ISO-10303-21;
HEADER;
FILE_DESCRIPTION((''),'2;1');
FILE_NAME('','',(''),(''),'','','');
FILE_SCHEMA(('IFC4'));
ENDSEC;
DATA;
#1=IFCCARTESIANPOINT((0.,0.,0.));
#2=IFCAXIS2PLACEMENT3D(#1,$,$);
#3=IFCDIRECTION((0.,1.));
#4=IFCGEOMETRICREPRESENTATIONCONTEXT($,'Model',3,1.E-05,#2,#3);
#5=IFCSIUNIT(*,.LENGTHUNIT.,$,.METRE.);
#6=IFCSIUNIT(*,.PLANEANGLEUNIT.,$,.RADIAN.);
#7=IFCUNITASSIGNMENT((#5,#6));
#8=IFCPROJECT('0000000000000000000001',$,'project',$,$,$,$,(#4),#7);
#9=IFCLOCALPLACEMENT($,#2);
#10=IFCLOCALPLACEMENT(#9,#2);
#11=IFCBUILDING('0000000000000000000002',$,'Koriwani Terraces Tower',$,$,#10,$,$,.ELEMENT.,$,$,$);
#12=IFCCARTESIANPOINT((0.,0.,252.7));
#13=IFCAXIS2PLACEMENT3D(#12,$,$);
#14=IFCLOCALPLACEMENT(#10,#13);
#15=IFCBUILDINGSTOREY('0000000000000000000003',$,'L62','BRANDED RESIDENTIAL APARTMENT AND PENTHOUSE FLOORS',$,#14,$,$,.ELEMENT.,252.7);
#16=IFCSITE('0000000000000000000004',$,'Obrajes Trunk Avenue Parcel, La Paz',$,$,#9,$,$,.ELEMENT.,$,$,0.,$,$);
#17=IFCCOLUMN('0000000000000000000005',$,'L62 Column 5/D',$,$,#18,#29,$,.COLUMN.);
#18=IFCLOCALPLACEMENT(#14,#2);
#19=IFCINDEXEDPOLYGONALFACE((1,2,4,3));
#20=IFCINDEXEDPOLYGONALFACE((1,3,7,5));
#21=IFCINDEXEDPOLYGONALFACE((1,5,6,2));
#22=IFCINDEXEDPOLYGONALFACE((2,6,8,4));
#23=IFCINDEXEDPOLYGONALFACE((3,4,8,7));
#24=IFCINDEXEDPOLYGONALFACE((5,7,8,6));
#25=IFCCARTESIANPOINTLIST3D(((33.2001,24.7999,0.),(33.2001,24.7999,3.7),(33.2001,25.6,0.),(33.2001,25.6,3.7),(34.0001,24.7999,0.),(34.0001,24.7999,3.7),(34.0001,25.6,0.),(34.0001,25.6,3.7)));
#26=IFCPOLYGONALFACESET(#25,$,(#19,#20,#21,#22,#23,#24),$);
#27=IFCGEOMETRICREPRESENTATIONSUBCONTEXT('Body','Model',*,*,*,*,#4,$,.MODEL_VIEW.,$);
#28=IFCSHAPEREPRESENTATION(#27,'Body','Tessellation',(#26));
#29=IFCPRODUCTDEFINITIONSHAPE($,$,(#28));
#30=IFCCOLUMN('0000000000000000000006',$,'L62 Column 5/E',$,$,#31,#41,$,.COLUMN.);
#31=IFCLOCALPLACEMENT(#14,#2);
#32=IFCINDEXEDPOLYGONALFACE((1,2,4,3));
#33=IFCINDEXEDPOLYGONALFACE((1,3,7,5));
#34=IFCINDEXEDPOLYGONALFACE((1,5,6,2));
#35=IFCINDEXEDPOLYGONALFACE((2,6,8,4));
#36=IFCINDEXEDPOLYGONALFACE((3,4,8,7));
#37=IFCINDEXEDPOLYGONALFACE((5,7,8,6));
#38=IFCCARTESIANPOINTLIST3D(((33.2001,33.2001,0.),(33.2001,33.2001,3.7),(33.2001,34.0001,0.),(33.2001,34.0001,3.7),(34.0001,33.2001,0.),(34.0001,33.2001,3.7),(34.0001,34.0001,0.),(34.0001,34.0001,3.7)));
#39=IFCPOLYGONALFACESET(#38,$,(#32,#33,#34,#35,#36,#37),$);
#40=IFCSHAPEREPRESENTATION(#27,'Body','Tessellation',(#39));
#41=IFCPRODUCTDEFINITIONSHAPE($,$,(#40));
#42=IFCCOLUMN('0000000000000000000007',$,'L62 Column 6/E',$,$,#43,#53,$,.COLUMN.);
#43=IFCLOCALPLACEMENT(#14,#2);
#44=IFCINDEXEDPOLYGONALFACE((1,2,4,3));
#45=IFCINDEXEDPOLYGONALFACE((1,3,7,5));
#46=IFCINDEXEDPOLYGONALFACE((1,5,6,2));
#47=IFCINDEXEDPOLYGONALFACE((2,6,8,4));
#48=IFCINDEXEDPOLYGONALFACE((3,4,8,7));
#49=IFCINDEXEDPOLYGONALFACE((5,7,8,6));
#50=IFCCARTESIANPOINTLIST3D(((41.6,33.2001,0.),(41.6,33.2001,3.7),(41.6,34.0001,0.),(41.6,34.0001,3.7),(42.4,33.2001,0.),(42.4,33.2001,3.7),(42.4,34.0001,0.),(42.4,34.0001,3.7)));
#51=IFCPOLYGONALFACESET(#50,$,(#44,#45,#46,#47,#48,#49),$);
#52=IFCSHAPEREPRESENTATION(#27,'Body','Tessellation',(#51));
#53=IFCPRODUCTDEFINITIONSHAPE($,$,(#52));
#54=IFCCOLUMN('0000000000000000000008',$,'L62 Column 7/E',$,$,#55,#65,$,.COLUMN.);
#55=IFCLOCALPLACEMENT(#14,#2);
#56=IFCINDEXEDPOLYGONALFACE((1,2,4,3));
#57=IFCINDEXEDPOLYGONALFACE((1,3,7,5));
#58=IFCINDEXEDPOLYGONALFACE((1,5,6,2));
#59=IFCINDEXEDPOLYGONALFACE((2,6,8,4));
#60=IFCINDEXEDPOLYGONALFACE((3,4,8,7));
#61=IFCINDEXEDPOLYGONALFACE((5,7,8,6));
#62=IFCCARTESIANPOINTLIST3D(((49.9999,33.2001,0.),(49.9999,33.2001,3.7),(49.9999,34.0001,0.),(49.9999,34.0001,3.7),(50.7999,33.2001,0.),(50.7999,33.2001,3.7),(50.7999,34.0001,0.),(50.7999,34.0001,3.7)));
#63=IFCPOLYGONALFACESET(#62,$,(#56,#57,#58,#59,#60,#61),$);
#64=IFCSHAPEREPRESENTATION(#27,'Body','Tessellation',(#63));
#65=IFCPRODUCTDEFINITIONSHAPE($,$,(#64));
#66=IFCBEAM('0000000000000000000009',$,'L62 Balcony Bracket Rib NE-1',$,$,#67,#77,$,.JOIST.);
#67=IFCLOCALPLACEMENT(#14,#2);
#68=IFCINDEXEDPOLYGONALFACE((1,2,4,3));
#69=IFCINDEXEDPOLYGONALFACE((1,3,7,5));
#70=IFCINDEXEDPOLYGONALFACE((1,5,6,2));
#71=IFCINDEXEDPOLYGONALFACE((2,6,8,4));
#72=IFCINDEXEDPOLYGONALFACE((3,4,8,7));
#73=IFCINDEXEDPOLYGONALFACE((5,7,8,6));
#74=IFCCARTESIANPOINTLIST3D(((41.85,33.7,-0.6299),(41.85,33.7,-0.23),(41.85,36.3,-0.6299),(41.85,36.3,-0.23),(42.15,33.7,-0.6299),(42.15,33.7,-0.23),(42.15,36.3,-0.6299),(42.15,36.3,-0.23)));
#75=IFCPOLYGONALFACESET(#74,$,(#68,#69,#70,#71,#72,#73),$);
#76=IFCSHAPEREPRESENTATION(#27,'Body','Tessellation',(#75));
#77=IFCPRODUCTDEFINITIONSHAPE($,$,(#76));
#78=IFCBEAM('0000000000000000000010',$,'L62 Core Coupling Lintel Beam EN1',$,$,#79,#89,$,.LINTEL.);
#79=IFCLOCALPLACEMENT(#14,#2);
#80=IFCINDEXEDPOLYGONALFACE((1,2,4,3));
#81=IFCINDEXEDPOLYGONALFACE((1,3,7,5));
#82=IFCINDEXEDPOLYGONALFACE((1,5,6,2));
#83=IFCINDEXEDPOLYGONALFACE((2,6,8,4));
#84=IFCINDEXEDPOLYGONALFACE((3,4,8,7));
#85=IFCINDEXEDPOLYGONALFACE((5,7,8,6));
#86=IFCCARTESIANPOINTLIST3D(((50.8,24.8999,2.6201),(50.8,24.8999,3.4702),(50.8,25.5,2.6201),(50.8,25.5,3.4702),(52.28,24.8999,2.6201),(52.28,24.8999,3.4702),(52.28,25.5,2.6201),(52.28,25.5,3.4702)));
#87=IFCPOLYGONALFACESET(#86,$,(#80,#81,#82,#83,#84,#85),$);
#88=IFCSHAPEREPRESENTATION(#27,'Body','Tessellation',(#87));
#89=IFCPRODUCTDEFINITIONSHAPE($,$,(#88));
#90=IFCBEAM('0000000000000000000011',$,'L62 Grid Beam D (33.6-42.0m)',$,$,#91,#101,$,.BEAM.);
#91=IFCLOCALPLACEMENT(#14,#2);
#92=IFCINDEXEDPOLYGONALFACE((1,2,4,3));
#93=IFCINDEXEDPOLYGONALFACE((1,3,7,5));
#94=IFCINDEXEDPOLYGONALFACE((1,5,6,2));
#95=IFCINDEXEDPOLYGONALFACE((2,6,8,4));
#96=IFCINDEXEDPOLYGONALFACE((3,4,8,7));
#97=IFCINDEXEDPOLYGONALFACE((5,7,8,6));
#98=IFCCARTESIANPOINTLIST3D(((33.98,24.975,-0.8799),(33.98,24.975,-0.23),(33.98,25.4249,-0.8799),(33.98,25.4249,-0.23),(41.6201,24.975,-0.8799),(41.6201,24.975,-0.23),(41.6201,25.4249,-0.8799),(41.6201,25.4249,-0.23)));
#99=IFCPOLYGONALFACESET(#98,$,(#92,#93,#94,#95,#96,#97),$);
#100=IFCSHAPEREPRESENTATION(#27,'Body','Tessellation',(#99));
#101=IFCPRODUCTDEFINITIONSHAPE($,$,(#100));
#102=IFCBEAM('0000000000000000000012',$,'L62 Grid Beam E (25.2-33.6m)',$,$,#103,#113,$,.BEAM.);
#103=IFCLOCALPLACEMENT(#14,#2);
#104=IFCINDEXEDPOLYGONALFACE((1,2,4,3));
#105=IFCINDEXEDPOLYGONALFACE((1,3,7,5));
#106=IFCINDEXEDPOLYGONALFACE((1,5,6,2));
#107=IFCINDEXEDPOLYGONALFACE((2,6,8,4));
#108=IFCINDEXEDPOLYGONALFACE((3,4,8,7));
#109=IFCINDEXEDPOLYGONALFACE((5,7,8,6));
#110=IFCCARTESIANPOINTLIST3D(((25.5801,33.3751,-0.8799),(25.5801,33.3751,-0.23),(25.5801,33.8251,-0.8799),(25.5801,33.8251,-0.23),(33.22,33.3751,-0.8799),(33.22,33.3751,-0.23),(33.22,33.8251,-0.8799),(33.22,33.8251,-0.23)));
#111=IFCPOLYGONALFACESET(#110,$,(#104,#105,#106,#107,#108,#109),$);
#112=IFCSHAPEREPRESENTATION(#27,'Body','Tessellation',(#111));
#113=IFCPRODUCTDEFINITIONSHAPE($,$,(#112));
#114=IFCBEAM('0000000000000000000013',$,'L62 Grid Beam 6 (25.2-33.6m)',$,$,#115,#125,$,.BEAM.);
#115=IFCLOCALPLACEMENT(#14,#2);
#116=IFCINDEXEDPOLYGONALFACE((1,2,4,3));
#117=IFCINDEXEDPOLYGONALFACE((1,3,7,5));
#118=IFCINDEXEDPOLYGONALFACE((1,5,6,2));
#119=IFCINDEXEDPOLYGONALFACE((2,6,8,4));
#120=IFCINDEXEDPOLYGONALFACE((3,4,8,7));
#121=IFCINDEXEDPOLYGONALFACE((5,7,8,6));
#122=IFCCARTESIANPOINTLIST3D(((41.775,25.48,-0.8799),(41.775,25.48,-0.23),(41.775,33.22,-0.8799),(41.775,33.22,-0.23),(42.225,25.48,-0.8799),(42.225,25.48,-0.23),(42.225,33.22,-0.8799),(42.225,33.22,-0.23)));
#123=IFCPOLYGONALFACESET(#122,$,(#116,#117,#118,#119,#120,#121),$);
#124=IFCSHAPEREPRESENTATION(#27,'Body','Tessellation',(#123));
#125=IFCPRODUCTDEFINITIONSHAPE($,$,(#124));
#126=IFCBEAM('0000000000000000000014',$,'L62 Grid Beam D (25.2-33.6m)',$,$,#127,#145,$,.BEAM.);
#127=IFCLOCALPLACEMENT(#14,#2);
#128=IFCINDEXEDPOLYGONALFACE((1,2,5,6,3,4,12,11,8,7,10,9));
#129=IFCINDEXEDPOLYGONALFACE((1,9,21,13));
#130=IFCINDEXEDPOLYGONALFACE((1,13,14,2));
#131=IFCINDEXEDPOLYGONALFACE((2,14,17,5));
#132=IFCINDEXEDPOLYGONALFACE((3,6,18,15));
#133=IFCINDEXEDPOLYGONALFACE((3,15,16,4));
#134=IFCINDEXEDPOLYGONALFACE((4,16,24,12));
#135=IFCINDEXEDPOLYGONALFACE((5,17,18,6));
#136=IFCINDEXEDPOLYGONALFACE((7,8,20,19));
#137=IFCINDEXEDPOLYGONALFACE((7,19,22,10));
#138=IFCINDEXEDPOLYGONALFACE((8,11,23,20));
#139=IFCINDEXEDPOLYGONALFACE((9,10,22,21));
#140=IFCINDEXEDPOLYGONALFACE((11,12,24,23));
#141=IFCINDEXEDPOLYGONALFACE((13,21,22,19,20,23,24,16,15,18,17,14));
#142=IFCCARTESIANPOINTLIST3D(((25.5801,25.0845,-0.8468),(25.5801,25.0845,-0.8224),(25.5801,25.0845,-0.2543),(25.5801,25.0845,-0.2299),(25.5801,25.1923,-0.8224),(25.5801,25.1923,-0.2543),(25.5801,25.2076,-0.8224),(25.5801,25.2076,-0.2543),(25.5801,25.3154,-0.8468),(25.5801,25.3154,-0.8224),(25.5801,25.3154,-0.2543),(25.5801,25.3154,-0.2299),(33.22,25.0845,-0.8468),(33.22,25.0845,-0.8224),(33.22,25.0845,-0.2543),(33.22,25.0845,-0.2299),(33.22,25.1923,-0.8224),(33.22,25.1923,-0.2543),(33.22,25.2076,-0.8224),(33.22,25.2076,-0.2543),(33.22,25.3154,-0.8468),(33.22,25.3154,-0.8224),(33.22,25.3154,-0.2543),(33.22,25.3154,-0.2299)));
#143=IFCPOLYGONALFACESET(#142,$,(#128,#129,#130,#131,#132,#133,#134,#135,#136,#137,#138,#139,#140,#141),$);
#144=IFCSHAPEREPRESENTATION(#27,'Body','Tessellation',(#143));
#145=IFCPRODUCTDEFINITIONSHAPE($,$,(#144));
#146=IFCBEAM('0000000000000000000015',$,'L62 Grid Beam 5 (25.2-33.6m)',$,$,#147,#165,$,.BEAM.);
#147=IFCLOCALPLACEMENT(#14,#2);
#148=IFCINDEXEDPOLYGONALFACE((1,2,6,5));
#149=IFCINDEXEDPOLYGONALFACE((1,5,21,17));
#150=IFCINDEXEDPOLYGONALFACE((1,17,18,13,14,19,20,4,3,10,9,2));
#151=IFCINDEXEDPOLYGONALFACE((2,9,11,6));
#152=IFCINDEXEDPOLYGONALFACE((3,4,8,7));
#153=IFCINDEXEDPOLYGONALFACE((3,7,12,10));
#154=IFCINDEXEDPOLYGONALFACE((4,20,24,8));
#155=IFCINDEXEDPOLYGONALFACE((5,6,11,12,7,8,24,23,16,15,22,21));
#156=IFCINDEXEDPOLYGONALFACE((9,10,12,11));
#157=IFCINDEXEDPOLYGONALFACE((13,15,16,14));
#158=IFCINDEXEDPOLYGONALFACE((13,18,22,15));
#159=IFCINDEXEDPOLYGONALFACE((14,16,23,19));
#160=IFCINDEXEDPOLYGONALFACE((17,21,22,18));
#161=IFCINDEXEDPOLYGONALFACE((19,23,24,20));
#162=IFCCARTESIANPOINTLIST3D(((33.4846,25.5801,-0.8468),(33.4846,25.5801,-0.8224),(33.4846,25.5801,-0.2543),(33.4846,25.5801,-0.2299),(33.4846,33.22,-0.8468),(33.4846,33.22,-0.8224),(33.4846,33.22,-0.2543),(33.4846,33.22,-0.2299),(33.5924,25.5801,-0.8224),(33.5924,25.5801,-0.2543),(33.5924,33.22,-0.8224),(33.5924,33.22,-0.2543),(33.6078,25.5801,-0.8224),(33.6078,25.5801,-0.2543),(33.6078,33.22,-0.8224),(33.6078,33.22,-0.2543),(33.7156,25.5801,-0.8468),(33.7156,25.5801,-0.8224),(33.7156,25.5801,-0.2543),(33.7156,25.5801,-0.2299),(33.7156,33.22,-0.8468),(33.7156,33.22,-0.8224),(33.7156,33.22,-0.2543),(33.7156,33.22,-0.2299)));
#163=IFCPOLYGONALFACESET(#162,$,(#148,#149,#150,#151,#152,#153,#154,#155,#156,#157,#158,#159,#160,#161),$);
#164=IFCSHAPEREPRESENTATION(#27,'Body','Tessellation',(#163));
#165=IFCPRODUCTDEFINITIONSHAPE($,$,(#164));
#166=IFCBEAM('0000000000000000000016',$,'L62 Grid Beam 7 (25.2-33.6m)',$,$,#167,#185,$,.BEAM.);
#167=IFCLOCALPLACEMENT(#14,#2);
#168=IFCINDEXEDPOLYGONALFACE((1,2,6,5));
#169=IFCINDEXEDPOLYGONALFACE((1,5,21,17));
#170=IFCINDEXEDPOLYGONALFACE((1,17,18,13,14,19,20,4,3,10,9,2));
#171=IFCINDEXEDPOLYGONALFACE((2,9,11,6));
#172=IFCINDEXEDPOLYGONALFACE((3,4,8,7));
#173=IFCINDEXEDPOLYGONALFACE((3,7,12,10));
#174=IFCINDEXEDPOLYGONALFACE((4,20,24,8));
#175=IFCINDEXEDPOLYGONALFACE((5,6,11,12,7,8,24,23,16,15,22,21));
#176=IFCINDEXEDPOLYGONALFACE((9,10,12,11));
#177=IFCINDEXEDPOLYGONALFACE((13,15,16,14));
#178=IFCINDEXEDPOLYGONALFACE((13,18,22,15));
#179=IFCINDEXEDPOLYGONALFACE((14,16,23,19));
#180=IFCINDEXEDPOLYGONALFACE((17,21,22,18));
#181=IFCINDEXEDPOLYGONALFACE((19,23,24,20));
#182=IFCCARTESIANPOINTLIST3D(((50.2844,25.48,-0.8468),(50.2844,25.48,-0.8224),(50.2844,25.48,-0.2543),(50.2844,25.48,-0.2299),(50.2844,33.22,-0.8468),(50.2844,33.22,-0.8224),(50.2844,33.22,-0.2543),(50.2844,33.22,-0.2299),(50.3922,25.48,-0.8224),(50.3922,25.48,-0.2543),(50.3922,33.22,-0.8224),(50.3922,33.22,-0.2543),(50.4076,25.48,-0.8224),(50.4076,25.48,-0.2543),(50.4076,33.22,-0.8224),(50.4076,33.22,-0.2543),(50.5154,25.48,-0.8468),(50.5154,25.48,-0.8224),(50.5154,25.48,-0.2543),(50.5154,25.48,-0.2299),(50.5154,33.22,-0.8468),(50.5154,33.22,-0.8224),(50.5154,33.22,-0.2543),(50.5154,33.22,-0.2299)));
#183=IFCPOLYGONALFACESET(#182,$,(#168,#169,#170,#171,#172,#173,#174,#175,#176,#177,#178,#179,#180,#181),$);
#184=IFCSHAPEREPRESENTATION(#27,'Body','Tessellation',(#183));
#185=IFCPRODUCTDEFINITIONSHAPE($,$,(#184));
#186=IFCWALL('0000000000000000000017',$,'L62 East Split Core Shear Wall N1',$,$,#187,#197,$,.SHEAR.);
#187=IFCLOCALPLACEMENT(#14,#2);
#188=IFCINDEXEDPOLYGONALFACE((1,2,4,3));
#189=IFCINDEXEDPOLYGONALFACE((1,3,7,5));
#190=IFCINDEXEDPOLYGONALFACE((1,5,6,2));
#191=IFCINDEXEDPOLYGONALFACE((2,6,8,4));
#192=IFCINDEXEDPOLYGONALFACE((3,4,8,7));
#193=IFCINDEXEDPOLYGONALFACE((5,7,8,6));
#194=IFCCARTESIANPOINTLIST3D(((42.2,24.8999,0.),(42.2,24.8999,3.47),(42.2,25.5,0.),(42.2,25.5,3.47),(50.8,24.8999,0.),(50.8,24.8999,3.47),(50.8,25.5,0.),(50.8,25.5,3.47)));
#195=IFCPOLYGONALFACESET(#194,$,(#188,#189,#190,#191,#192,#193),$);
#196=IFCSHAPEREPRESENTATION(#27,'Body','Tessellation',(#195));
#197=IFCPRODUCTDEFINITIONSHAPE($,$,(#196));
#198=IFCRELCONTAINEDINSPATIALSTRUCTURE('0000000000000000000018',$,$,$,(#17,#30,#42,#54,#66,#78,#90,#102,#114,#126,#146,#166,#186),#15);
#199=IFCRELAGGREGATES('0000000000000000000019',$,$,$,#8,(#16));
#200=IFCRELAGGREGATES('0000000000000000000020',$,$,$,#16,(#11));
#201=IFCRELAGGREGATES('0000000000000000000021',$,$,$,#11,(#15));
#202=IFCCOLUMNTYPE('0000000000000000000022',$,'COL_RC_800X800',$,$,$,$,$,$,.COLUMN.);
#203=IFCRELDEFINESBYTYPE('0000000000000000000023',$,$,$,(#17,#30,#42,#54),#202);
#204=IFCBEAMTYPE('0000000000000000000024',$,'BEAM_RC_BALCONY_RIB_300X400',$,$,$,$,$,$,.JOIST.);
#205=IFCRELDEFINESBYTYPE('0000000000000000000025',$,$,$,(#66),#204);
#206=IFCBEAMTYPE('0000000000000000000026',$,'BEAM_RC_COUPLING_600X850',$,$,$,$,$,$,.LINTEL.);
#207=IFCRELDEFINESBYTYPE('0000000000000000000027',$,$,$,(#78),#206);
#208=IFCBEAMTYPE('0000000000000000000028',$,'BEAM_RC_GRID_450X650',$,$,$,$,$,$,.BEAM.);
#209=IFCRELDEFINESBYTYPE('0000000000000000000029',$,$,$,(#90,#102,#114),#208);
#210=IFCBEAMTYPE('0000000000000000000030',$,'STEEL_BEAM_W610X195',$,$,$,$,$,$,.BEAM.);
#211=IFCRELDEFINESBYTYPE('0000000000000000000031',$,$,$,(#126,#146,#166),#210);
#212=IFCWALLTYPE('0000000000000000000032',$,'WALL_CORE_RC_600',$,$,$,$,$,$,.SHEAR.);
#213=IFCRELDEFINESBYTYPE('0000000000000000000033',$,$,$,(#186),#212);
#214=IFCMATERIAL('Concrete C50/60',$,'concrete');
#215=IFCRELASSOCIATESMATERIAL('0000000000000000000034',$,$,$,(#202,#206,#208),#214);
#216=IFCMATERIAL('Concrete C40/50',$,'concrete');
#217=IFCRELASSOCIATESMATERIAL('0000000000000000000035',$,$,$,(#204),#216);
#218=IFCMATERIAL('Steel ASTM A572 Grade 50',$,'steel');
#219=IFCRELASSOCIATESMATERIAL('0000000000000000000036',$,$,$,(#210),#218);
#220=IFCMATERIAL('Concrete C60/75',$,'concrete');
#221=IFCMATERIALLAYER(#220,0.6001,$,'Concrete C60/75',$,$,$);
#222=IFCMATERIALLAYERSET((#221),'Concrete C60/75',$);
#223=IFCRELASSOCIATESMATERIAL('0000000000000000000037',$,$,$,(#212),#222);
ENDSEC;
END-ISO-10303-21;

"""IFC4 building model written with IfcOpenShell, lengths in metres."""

from ifc_helpers import new_model, si_unit, direction, frame, frame_2d, origin, origin_2d, place, context, subcontext, project, spatial, rectangle, i_section, extrude, material, layer, layer_set, material_profile, profile_set, type_object, element, save


model = new_model("IFC4")

# Units and contexts
model_context = context("Model", 3, precision=1e-05, world=origin(), true_north=direction((0.0, 1.0)))
body_context = subcontext(model_context, "Body", "Model", "MODEL_VIEW")
ifc_project = project(units=[si_unit("LENGTHUNIT", "METRE"), si_unit("PLANEANGLEUNIT", "RADIAN")], contexts=[model_context])

# Site, building, storey
site_placement = place(None, origin())
site = spatial("IfcSite", under=ifc_project, at=site_placement, Name="Obrajes Trunk Avenue Parcel, La Paz", CompositionType="ELEMENT", RefElevation=0.0)
building_placement = place(site_placement, origin())
building = spatial("IfcBuilding", under=site, at=building_placement, Name="Koriwani Terraces Tower", CompositionType="ELEMENT")
storey_placement = place(building_placement, frame((0.0, 0.0, 252.7)))
storey = spatial("IfcBuildingStorey", under=building, at=storey_placement, Name="L62", Description="BRANDED RESIDENTIAL APARTMENT AND PENTHOUSE FLOORS", CompositionType="ELEMENT", Elevation=252.7)

# Columns
ifc_material_1 = material(Name="Concrete C50/60", Category="concrete")
ifc_material_profile_1 = material_profile(ifc_material_1, rectangle(XDim=0.8, YDim=0.8, at=origin_2d()), Name="Concrete C50/60", Category="LoadBearing")
ifc_profile_set_1 = profile_set([ifc_material_profile_1], Name="Concrete C50/60")
column_type = type_object("IfcColumnType", Name="COL_RC_800X800", PredefinedType="COLUMN", material=ifc_profile_set_1)
for number, where, z_axis, x_axis, name in (
    (1, (33.6001, 25.2, 0.0), (0.0, 0.0, 1.0), (1.0, 0.0, 0.0), "L62 Column 5/D"),
    (2, (33.6001, 33.6001, 0.0), (0.0, 0.0, 1.0), (1.0, 0.0, 0.0), "L62 Column 5/E"),
    (3, (42.0, 33.6001, 0.0), (0.0, 0.0, 1.0), (1.0, 0.0, 0.0), "L62 Column 6/E"),
    (4, (50.3999, 33.6001, 0.0), (0.0, 0.0, 1.0), (1.0, 0.0, 0.0), "L62 Column 7/E"),
):
    element("IfcColumn", number, at=place(storey_placement, frame(where, z_axis=z_axis, x_axis=x_axis)), inside=storey, type_object=column_type, Name=name, PredefinedType="COLUMN", context=body_context, shape_type="SweptSolid", body=[
        extrude(rectangle(XDim=0.8, YDim=0.8, at=origin_2d()), origin(), (0.0, 0.0, 1.0), 3.7),
    ])

# Beams
ifc_material_2 = material(Name="Concrete C40/50", Category="concrete")
ifc_material_profile_2 = material_profile(ifc_material_2, rectangle(XDim=0.3, YDim=0.3999, at=origin_2d()), Name="Concrete C40/50", Category="LoadBearing")
ifc_profile_set_2 = profile_set([ifc_material_profile_2], Name="Concrete C40/50")
beam_type_1 = type_object("IfcBeamType", Name="BEAM_RC_BALCONY_RIB_300X400", PredefinedType="JOIST", material=ifc_profile_set_2)
beam_1_placement = place(storey_placement, frame((42.0, 33.7, -0.4299), z_axis=(0.0, 1.0, 0.0), x_axis=(-1.0, 0.0, 0.0)))
element("IfcBeam", 5, at=beam_1_placement, inside=storey, type_object=beam_type_1, Name="L62 Balcony Bracket Rib NE-1", PredefinedType="JOIST", context=body_context, shape_type="SweptSolid", body=[
    extrude(rectangle(XDim=0.3, YDim=0.3999, at=origin_2d()), origin(), (0.0, 0.0, 1.0), 2.6001),
])
ifc_material_profile_3 = material_profile(ifc_material_1, rectangle(XDim=0.6001, YDim=0.8501, at=origin_2d()), Name="Concrete C50/60", Category="LoadBearing")
ifc_profile_set_3 = profile_set([ifc_material_profile_3], Name="Concrete C50/60")
beam_type_2 = type_object("IfcBeamType", Name="BEAM_RC_COUPLING_600X850", PredefinedType="LINTEL", material=ifc_profile_set_3)
beam_2_placement = place(storey_placement, frame((50.8, 25.2, 3.0452), z_axis=(1.0, 0.0, 0.0), x_axis=(0.0, 1.0, 0.0)))
element("IfcBeam", 6, at=beam_2_placement, inside=storey, type_object=beam_type_2, Name="L62 Core Coupling Lintel Beam EN1", PredefinedType="LINTEL", context=body_context, shape_type="SweptSolid", body=[
    extrude(rectangle(XDim=0.6001, YDim=0.8501, at=origin_2d()), origin(), (0.0, 0.0, 1.0), 1.48),
])
ifc_material_profile_4 = material_profile(ifc_material_1, rectangle(XDim=0.45, YDim=0.6499, at=origin_2d()), Name="Concrete C50/60", Category="LoadBearing")
ifc_profile_set_4 = profile_set([ifc_material_profile_4], Name="Concrete C50/60")
beam_type_3 = type_object("IfcBeamType", Name="BEAM_RC_GRID_450X650", PredefinedType="BEAM", material=ifc_profile_set_4)
beam_3_placement = place(storey_placement, frame((33.98, 25.2, -0.5549), z_axis=(1.0, 0.0, 0.0), x_axis=(0.0, 1.0, 0.0)))
element("IfcBeam", 7, at=beam_3_placement, inside=storey, type_object=beam_type_3, Name="L62 Grid Beam D (33.6-42.0m)", PredefinedType="BEAM", context=body_context, shape_type="SweptSolid", body=[
    extrude(rectangle(XDim=0.45, YDim=0.6499, at=origin_2d()), origin(), (0.0, 0.0, 1.0), 7.6401),
])
beam_4_placement = place(storey_placement, frame((25.5801, 33.6001, -0.5549), z_axis=(1.0, 0.0, 0.0), x_axis=(0.0, 1.0, 0.0)))
element("IfcBeam", 8, at=beam_4_placement, inside=storey, type_object=beam_type_3, Name="L62 Grid Beam E (25.2-33.6m)", PredefinedType="BEAM", context=body_context, shape_type="SweptSolid", body=[
    extrude(rectangle(XDim=0.45, YDim=0.6499, at=origin_2d()), origin(), (0.0, 0.0, 1.0), 7.6399),
])
beam_5_placement = place(storey_placement, frame((42.0, 25.48, -0.5549), z_axis=(0.0, 1.0, 0.0), x_axis=(-1.0, 0.0, 0.0)))
element("IfcBeam", 9, at=beam_5_placement, inside=storey, type_object=beam_type_3, Name="L62 Grid Beam 6 (25.2-33.6m)", PredefinedType="BEAM", context=body_context, shape_type="SweptSolid", body=[
    extrude(rectangle(XDim=0.45, YDim=0.6499, at=origin_2d()), origin(), (0.0, 0.0, 1.0), 7.74),
])
ifc_material_3 = material(Name="Steel ASTM A572 Grade 50", Category="steel")
ifc_material_profile_5 = material_profile(ifc_material_3, i_section(OverallWidth=0.231, OverallDepth=0.6169, WebThickness=0.0154, FlangeThickness=0.0244, at=origin_2d()), Name="Steel ASTM A572 Grade 50", Category="LoadBearing")
ifc_profile_set_5 = profile_set([ifc_material_profile_5], Name="Steel ASTM A572 Grade 50")
beam_type_4 = type_object("IfcBeamType", Name="STEEL_BEAM_W610X195", PredefinedType="BEAM", material=ifc_profile_set_5)
for number, where, z_axis, x_axis, name in (
    (10, (25.5801, 25.2, -0.5383), (1.0, 0.0, 0.0), (0.0, 1.0, 0.0), "L62 Grid Beam D (25.2-33.6m)"),
    (11, (33.6001, 25.5801, -0.5383), (0.0, 1.0, 0.0), (-1.0, 0.0, 0.0), "L62 Grid Beam 5 (25.2-33.6m)"),
):
    element("IfcBeam", number, at=place(storey_placement, frame(where, z_axis=z_axis, x_axis=x_axis)), inside=storey, type_object=beam_type_4, Name=name, PredefinedType="BEAM", context=body_context, shape_type="SweptSolid", body=[
        extrude(i_section(OverallWidth=0.231, OverallDepth=0.6169, WebThickness=0.0154, FlangeThickness=0.0244, at=origin_2d()), origin(), (0.0, 0.0, 1.0), 7.6399),
    ])
beam_6_placement = place(storey_placement, frame((50.3999, 25.48, -0.5383), z_axis=(0.0, 1.0, 0.0), x_axis=(-1.0, 0.0, 0.0)))
element("IfcBeam", 12, at=beam_6_placement, inside=storey, type_object=beam_type_4, Name="L62 Grid Beam 7 (25.2-33.6m)", PredefinedType="BEAM", context=body_context, shape_type="SweptSolid", body=[
    extrude(i_section(OverallWidth=0.231, OverallDepth=0.6169, WebThickness=0.0154, FlangeThickness=0.0244, at=origin_2d()), origin(), (0.0, 0.0, 1.0), 7.74),
])

# Wall
ifc_material_4 = material(Name="Concrete C60/75", Category="concrete")
ifc_layer_1 = layer(ifc_material_4, 0.6001, Name="Concrete C60/75")
ifc_layer_set_1 = layer_set([ifc_layer_1], Name="Concrete C60/75")
wall_type_1 = type_object("IfcWallType", Name="WALL_CORE_RC_600", PredefinedType="SHEAR", material=ifc_layer_set_1)
wall_1_placement = place(storey_placement, frame((42.2, 25.2, 0.0), z_axis=(0.0, 0.0, 1.0), x_axis=(1.0, 0.0, 0.0)))
element("IfcWall", 13, at=wall_1_placement, inside=storey, type_object=wall_type_1, Name="L62 East Split Core Shear Wall N1", PredefinedType="SHEAR", context=body_context, shape_type="SweptSolid", body=[
    extrude(rectangle(XDim=8.6001, YDim=0.6001, at=frame_2d((4.3, 0.0))), origin(), (0.0, 0.0, 1.0), 3.47),
])

save(model, "model.ifc")
